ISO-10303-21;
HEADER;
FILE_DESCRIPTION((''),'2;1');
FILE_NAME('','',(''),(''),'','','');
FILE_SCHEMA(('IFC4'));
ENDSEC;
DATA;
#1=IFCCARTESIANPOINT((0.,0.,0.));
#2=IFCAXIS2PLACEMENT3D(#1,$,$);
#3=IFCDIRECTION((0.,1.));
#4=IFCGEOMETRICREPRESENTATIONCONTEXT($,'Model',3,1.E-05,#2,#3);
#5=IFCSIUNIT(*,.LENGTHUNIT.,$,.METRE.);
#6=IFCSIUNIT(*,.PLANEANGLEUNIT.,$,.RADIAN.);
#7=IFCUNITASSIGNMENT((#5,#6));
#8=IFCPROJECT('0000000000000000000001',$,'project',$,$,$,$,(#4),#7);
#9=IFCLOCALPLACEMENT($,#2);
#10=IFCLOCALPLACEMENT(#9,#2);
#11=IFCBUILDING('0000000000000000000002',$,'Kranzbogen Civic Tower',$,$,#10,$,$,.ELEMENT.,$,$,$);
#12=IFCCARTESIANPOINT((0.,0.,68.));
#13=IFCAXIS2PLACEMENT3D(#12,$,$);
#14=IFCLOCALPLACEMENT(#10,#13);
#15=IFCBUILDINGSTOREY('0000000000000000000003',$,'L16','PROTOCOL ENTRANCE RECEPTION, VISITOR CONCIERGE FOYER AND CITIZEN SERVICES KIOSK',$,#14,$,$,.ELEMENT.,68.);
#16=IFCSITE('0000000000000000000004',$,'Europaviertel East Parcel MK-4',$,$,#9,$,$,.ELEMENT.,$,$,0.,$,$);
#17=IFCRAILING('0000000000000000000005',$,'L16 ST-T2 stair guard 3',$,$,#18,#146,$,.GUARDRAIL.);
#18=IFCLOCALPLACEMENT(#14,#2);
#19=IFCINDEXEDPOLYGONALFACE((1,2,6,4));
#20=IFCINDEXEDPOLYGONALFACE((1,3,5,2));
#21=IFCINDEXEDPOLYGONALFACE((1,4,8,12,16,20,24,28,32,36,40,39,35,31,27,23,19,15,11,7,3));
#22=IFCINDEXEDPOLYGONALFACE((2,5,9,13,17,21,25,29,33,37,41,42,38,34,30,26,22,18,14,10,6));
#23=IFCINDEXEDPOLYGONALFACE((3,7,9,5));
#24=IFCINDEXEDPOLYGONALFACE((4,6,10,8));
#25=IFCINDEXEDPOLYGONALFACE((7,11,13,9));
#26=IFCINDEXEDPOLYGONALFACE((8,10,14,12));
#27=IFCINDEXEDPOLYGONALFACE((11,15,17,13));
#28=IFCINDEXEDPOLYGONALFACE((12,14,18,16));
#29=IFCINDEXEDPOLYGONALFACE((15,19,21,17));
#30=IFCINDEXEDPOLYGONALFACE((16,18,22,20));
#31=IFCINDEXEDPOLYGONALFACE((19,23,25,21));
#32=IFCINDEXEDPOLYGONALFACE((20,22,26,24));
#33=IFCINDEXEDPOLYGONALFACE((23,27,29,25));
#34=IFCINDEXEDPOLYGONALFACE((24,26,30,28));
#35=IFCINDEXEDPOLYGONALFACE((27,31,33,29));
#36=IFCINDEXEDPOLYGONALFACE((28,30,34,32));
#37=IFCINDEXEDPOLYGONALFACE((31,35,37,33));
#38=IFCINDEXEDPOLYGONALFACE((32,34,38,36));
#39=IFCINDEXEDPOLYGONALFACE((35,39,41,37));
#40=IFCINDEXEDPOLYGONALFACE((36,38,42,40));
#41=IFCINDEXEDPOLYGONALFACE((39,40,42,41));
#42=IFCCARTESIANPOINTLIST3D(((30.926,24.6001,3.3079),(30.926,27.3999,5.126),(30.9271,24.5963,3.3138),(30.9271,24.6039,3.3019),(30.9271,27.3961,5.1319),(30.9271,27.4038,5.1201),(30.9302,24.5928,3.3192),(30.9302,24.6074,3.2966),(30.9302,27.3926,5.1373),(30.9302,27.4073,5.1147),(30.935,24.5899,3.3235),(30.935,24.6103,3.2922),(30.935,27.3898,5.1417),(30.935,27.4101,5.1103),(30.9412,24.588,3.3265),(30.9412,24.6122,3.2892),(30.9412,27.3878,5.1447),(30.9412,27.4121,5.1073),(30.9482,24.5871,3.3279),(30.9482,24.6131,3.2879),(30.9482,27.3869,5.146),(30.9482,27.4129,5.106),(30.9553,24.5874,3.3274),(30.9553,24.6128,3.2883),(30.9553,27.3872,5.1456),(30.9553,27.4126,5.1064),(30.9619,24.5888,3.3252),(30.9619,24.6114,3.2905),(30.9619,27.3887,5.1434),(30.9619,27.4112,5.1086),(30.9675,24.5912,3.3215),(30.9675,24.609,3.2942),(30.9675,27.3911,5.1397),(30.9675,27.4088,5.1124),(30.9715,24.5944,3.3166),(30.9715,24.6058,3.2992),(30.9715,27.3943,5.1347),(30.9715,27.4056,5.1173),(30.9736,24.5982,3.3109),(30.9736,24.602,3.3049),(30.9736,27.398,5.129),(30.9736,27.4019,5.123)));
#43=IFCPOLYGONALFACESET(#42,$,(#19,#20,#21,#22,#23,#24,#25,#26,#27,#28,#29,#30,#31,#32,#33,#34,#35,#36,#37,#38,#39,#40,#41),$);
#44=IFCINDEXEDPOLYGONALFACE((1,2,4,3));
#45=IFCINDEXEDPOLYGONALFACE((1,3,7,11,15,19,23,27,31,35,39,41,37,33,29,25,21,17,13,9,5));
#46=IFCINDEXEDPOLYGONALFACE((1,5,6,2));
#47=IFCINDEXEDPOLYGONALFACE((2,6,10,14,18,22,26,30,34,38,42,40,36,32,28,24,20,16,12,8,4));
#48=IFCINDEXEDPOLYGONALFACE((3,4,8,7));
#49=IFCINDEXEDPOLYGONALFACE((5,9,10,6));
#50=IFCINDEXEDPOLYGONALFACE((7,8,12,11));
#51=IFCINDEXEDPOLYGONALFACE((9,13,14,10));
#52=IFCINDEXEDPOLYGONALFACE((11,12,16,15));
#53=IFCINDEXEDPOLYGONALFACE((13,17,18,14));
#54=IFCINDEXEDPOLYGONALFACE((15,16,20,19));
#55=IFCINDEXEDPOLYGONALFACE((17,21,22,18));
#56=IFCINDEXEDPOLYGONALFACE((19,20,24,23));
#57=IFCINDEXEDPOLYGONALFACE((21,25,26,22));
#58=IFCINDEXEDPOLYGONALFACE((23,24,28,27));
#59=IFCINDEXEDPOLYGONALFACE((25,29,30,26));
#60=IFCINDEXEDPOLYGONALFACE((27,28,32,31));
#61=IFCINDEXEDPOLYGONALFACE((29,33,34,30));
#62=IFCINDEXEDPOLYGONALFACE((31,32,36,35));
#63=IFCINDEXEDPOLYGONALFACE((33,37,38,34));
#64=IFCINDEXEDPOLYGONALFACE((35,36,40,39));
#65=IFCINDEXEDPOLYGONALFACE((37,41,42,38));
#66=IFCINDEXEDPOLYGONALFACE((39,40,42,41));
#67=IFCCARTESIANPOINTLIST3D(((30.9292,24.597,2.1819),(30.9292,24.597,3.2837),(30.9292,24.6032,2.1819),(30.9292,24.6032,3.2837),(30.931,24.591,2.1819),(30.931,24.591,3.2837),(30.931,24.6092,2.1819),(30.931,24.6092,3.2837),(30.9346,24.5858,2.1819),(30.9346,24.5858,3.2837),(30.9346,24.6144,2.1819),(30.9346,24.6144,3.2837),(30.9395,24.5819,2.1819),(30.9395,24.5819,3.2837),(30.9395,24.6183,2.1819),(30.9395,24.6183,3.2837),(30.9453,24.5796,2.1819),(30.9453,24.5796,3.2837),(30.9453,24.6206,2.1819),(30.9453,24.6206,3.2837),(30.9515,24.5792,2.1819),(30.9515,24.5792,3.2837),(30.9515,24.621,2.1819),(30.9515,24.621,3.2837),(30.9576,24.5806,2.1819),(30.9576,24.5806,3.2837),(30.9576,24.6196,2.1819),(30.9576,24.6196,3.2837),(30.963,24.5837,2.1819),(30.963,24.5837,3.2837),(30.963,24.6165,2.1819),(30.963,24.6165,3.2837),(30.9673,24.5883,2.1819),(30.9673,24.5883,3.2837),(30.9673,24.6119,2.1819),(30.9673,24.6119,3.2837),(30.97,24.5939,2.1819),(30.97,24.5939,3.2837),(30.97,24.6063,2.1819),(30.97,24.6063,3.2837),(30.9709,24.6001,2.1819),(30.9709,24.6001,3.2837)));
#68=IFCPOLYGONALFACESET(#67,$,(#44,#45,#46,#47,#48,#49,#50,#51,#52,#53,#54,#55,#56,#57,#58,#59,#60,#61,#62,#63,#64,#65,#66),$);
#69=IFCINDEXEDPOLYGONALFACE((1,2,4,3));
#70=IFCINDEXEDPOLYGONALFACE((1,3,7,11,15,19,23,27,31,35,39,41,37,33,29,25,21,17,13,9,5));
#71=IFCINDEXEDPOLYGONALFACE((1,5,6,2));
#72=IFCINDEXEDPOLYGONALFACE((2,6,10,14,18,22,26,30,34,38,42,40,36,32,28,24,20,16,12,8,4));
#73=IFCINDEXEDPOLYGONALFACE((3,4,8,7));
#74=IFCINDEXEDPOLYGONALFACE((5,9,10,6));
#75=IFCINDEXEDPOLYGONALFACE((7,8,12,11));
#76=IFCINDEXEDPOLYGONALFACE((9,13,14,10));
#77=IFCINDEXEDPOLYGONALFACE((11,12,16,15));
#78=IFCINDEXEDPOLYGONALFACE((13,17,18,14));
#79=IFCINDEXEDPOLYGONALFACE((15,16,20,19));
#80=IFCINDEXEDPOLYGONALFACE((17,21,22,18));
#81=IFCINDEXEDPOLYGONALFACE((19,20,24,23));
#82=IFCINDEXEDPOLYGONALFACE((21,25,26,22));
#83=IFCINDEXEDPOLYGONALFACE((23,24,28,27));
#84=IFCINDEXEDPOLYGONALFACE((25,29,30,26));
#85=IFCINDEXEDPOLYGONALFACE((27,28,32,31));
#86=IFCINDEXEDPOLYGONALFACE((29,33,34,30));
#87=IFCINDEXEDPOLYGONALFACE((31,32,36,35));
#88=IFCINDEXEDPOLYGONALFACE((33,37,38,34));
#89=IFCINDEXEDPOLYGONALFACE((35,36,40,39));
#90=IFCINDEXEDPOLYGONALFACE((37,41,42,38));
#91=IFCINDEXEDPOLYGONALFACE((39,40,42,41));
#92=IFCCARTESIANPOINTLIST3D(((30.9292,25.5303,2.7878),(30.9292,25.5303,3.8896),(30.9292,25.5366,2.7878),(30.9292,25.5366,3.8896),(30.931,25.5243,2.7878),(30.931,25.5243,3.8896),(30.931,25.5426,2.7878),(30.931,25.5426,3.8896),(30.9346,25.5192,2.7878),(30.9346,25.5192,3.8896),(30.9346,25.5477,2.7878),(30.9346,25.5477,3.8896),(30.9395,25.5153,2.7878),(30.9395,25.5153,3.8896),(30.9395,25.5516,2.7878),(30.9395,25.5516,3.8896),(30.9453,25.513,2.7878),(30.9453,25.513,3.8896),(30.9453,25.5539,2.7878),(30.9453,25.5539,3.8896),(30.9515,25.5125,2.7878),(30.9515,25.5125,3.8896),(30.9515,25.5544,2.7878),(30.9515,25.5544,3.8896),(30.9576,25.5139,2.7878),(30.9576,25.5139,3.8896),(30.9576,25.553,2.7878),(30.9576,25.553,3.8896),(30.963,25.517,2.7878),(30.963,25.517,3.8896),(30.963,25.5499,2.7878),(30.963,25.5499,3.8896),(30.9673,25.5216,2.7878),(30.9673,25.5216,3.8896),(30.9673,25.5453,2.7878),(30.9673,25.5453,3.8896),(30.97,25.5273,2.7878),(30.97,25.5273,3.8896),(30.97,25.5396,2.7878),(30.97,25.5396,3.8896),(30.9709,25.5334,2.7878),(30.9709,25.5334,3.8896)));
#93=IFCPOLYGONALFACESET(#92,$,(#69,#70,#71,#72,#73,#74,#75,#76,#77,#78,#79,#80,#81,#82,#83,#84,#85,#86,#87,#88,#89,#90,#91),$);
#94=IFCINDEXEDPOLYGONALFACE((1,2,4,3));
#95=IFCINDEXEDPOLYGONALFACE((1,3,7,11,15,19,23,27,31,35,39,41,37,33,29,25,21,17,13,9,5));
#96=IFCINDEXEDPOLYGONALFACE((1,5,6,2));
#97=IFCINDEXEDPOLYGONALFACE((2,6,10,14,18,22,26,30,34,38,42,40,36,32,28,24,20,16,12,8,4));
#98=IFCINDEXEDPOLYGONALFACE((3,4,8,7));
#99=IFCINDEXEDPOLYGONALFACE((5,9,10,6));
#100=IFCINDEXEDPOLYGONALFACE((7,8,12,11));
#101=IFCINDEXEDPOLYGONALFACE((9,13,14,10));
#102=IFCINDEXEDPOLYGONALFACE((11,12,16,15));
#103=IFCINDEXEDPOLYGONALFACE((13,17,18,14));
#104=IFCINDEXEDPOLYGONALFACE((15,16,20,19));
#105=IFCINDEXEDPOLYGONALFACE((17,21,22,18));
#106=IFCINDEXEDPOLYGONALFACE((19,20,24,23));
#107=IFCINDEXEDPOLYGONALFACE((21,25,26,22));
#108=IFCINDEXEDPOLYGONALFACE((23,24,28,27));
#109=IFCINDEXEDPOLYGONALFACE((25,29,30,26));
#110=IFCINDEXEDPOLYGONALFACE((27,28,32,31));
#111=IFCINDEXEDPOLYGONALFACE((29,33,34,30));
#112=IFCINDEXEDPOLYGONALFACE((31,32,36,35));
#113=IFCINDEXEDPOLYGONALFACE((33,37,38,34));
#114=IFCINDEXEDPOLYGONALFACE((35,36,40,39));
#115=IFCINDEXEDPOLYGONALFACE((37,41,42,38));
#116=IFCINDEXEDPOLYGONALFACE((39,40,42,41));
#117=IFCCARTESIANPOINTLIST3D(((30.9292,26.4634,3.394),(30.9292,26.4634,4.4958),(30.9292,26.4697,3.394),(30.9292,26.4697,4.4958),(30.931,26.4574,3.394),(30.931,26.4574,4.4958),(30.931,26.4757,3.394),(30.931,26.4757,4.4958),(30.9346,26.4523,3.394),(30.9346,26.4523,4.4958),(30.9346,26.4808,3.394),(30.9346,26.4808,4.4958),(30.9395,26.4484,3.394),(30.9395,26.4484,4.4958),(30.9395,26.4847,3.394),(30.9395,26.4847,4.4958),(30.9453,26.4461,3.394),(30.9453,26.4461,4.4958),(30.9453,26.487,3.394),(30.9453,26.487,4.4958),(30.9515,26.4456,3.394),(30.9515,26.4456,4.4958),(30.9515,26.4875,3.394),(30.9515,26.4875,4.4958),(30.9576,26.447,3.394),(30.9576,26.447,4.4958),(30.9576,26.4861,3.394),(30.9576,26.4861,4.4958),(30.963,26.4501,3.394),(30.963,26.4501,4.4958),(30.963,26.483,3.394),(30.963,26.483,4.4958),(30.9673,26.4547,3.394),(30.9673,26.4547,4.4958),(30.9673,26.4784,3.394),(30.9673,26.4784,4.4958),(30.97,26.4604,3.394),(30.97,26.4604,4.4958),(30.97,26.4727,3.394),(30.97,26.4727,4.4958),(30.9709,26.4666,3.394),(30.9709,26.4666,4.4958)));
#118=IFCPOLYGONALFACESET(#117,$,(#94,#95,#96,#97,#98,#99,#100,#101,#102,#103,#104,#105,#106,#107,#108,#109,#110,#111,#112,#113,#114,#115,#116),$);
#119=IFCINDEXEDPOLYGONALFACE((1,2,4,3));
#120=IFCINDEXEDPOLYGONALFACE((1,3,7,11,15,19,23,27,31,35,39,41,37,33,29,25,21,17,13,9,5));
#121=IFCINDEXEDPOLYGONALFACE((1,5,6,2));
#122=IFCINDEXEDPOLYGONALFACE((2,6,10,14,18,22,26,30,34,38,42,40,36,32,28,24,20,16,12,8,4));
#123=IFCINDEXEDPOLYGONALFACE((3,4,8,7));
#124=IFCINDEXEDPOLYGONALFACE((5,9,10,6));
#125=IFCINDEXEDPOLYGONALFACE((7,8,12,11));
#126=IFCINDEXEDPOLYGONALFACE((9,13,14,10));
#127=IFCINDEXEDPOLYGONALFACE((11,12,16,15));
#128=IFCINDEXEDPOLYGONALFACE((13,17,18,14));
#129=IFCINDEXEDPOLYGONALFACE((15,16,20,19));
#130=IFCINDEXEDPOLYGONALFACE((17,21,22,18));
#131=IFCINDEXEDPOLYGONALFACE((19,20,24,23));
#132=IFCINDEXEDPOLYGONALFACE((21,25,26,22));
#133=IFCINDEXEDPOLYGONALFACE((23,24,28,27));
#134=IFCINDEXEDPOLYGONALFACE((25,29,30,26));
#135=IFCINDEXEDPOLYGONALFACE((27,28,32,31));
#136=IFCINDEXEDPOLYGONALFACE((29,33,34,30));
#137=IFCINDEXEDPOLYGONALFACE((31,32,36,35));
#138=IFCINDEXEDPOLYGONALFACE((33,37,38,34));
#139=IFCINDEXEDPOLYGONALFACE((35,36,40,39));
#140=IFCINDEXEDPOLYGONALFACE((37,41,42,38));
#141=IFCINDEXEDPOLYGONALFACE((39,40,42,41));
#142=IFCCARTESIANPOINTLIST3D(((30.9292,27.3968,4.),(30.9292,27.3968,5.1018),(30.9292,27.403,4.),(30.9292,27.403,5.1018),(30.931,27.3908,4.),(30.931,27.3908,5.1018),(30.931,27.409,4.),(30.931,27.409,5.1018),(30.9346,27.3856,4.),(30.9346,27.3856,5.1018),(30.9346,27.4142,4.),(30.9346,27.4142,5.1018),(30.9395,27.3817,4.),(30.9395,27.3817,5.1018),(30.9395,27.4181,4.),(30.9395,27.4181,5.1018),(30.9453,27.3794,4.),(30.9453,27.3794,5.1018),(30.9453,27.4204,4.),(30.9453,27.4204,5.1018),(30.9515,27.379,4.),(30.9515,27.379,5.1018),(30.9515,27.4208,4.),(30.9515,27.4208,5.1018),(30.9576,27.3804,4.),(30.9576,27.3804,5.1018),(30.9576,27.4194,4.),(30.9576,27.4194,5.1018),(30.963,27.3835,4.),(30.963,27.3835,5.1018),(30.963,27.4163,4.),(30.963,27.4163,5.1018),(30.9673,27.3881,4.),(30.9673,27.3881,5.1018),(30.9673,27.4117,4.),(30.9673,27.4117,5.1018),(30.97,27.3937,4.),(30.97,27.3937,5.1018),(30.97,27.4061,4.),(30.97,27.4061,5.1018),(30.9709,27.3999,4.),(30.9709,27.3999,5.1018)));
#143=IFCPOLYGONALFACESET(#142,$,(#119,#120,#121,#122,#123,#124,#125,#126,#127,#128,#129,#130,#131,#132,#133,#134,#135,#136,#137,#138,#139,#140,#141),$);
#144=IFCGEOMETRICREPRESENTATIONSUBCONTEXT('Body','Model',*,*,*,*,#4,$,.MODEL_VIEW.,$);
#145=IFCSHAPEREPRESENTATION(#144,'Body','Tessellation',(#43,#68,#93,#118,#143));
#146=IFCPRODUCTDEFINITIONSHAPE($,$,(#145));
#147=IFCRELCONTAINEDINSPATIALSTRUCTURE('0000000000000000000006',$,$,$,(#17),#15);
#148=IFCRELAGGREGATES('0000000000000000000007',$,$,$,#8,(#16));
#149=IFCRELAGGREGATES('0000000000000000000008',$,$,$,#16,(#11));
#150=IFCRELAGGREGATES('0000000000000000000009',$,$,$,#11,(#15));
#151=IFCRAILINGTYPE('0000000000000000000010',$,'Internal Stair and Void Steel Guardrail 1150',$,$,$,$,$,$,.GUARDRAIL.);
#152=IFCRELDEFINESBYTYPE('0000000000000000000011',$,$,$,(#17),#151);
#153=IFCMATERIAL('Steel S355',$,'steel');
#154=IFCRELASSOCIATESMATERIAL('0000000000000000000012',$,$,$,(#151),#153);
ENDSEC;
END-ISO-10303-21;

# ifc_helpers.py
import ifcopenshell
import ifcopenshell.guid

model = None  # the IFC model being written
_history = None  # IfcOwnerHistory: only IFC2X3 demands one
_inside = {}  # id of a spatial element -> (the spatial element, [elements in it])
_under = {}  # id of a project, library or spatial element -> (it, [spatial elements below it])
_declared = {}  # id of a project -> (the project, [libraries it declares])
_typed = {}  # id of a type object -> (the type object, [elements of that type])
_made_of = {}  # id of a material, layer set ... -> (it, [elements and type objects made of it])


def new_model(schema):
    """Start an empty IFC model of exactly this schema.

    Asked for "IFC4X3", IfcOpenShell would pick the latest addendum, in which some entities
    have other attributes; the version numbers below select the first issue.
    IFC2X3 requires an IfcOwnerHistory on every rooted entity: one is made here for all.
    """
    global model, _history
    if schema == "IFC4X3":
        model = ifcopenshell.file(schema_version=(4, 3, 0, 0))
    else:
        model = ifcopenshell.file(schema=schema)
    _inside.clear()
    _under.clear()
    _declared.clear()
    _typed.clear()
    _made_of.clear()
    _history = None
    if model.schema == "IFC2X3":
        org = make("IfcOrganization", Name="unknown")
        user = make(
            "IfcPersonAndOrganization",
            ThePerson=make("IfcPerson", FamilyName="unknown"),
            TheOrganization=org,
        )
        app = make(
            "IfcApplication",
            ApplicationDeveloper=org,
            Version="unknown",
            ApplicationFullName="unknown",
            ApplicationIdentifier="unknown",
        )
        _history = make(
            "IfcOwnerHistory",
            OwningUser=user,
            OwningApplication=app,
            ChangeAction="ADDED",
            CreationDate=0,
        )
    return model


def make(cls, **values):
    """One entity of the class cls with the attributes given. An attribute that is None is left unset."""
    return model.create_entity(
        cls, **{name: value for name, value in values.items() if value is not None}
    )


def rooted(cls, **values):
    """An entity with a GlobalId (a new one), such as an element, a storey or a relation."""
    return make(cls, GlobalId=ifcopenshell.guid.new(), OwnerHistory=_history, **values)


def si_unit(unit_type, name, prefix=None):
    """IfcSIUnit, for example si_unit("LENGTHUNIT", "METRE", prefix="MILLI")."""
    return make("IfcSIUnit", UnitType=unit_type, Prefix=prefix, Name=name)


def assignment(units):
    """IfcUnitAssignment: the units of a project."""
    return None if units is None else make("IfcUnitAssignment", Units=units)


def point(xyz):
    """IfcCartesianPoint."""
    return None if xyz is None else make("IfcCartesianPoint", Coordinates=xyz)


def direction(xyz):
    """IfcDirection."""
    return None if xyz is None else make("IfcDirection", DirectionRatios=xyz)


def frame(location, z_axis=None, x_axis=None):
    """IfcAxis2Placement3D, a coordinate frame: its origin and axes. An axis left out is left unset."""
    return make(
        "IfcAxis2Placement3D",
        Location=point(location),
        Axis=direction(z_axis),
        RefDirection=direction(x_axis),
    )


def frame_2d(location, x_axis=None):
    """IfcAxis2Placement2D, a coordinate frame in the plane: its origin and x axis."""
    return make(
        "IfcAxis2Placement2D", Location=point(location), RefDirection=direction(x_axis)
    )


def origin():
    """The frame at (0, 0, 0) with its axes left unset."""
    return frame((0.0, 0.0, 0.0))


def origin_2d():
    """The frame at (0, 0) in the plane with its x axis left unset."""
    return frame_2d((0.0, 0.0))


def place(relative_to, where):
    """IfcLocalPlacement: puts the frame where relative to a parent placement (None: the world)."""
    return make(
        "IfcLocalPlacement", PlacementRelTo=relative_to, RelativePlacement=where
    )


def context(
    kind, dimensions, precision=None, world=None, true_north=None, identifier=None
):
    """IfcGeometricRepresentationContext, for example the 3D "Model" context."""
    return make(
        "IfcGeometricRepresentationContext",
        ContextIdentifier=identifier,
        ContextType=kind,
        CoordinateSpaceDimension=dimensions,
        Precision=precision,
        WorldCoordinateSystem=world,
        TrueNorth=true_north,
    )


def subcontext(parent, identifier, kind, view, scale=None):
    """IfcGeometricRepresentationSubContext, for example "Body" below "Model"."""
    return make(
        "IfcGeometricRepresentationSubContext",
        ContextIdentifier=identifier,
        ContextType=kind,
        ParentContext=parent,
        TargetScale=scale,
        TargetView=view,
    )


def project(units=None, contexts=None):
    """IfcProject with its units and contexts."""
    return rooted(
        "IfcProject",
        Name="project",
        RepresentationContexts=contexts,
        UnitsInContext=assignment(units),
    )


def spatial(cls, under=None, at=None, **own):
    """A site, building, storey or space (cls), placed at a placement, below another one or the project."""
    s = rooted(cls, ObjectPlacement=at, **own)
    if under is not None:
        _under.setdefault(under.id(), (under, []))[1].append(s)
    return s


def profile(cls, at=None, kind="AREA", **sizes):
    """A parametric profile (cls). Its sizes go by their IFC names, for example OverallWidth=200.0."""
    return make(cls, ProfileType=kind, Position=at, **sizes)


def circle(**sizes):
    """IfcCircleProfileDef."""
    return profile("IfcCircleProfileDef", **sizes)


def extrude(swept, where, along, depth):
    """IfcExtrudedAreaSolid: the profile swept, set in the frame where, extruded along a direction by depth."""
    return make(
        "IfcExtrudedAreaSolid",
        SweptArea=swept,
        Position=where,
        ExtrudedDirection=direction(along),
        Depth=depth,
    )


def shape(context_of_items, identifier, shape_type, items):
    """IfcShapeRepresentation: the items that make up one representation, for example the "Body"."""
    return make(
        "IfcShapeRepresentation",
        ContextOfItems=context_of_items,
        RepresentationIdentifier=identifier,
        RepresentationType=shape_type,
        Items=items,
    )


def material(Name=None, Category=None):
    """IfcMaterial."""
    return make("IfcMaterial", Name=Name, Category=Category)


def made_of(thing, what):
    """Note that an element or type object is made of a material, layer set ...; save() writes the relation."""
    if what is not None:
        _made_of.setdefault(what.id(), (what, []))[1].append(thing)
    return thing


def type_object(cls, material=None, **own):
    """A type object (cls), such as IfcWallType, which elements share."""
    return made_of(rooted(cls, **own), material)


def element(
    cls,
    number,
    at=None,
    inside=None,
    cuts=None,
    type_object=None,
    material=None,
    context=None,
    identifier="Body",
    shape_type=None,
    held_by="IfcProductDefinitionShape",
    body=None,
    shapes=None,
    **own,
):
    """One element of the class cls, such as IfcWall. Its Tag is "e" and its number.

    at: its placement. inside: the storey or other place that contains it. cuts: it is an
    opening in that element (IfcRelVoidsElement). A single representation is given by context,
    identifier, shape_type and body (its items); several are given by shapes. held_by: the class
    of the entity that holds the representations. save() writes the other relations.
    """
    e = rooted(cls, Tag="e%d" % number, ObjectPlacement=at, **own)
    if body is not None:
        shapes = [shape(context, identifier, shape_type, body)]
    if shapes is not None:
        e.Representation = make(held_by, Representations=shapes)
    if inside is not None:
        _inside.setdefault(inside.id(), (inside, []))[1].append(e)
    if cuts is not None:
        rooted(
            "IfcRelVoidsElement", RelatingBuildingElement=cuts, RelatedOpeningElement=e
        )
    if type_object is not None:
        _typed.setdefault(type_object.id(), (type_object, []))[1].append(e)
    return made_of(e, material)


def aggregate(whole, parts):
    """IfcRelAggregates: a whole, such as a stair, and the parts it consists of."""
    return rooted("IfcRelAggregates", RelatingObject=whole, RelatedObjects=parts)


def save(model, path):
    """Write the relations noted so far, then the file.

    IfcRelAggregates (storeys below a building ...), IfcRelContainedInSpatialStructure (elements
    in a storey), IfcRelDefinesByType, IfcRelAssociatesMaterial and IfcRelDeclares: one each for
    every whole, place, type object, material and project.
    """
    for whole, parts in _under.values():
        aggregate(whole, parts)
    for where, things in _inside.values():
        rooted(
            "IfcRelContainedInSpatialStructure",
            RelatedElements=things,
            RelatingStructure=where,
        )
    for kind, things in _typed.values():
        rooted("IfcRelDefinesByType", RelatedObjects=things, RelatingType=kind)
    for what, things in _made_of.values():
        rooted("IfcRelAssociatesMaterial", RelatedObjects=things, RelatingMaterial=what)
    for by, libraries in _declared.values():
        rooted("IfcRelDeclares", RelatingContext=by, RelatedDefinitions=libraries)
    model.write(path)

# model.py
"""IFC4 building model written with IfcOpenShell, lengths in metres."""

from ifc_helpers import new_model, si_unit, direction, frame, origin, origin_2d, place, context, subcontext, project, spatial, circle, extrude, material, type_object, element, save


model = new_model("IFC4")

# Units and contexts
model_context = context("Model", 3, precision=1e-05, world=origin(), true_north=direction((0.0, 1.0)))
body_context = subcontext(model_context, "Body", "Model", "MODEL_VIEW")
ifc_project = project(units=[si_unit("LENGTHUNIT", "METRE"), si_unit("PLANEANGLEUNIT", "RADIAN")], contexts=[model_context])

# Site, building, storey
site_placement = place(None, origin())
site = spatial("IfcSite", under=ifc_project, at=site_placement, Name="Europaviertel East Parcel MK-4", CompositionType="ELEMENT", RefElevation=0.0)
building_placement = place(site_placement, origin())
building = spatial("IfcBuilding", under=site, at=building_placement, Name="Kranzbogen Civic Tower", CompositionType="ELEMENT")
storey_placement = place(building_placement, frame((0.0, 0.0, 68.0)))
storey = spatial("IfcBuildingStorey", under=building, at=storey_placement, Name="L16", Description="PROTOCOL ENTRANCE RECEPTION, VISITOR CONCIERGE FOYER AND CITIZEN SERVICES KIOSK", CompositionType="ELEMENT", Elevation=68.0)

# Shared definitions
ifc_material_1 = material(Name="Steel S355", Category="steel")

# Railing
railing_type_1 = type_object("IfcRailingType", Name="Internal Stair and Void Steel Guardrail 1150", PredefinedType="GUARDRAIL", material=ifc_material_1)
railing_1_placement = place(storey_placement, frame((30.95, 24.6001, 2.1819)))
element("IfcRailing", 1, at=railing_1_placement, inside=storey, type_object=railing_type_1, Name="L16 ST-T2 stair guard 3", PredefinedType="GUARDRAIL", context=body_context, shape_type="SweptSolid", body=[
    extrude(circle(Radius=0.0239, at=origin_2d()), frame((0.0, 0.0, 1.126), z_axis=(0.0, 0.838684, 0.544618), x_axis=(-1.0, 0.0, 0.0)), (0.0, 0.0, 1.0), 3.3384),
    extrude(circle(Radius=0.021, at=origin_2d()), origin(), (0.0, 0.0, 1.0), 1.1018),
    extrude(circle(Radius=0.021, at=origin_2d()), frame((0.0, 0.9333, 0.606)), (0.0, 0.0, 1.0), 1.1018),
    extrude(circle(Radius=0.021, at=origin_2d()), frame((0.0, 1.8665, 1.2122)), (0.0, 0.0, 1.0), 1.1018),
    extrude(circle(Radius=0.021, at=origin_2d()), frame((0.0, 2.7998, 1.8181)), (0.0, 0.0, 1.0), 1.1018),
])

save(model, "model.ifc")
